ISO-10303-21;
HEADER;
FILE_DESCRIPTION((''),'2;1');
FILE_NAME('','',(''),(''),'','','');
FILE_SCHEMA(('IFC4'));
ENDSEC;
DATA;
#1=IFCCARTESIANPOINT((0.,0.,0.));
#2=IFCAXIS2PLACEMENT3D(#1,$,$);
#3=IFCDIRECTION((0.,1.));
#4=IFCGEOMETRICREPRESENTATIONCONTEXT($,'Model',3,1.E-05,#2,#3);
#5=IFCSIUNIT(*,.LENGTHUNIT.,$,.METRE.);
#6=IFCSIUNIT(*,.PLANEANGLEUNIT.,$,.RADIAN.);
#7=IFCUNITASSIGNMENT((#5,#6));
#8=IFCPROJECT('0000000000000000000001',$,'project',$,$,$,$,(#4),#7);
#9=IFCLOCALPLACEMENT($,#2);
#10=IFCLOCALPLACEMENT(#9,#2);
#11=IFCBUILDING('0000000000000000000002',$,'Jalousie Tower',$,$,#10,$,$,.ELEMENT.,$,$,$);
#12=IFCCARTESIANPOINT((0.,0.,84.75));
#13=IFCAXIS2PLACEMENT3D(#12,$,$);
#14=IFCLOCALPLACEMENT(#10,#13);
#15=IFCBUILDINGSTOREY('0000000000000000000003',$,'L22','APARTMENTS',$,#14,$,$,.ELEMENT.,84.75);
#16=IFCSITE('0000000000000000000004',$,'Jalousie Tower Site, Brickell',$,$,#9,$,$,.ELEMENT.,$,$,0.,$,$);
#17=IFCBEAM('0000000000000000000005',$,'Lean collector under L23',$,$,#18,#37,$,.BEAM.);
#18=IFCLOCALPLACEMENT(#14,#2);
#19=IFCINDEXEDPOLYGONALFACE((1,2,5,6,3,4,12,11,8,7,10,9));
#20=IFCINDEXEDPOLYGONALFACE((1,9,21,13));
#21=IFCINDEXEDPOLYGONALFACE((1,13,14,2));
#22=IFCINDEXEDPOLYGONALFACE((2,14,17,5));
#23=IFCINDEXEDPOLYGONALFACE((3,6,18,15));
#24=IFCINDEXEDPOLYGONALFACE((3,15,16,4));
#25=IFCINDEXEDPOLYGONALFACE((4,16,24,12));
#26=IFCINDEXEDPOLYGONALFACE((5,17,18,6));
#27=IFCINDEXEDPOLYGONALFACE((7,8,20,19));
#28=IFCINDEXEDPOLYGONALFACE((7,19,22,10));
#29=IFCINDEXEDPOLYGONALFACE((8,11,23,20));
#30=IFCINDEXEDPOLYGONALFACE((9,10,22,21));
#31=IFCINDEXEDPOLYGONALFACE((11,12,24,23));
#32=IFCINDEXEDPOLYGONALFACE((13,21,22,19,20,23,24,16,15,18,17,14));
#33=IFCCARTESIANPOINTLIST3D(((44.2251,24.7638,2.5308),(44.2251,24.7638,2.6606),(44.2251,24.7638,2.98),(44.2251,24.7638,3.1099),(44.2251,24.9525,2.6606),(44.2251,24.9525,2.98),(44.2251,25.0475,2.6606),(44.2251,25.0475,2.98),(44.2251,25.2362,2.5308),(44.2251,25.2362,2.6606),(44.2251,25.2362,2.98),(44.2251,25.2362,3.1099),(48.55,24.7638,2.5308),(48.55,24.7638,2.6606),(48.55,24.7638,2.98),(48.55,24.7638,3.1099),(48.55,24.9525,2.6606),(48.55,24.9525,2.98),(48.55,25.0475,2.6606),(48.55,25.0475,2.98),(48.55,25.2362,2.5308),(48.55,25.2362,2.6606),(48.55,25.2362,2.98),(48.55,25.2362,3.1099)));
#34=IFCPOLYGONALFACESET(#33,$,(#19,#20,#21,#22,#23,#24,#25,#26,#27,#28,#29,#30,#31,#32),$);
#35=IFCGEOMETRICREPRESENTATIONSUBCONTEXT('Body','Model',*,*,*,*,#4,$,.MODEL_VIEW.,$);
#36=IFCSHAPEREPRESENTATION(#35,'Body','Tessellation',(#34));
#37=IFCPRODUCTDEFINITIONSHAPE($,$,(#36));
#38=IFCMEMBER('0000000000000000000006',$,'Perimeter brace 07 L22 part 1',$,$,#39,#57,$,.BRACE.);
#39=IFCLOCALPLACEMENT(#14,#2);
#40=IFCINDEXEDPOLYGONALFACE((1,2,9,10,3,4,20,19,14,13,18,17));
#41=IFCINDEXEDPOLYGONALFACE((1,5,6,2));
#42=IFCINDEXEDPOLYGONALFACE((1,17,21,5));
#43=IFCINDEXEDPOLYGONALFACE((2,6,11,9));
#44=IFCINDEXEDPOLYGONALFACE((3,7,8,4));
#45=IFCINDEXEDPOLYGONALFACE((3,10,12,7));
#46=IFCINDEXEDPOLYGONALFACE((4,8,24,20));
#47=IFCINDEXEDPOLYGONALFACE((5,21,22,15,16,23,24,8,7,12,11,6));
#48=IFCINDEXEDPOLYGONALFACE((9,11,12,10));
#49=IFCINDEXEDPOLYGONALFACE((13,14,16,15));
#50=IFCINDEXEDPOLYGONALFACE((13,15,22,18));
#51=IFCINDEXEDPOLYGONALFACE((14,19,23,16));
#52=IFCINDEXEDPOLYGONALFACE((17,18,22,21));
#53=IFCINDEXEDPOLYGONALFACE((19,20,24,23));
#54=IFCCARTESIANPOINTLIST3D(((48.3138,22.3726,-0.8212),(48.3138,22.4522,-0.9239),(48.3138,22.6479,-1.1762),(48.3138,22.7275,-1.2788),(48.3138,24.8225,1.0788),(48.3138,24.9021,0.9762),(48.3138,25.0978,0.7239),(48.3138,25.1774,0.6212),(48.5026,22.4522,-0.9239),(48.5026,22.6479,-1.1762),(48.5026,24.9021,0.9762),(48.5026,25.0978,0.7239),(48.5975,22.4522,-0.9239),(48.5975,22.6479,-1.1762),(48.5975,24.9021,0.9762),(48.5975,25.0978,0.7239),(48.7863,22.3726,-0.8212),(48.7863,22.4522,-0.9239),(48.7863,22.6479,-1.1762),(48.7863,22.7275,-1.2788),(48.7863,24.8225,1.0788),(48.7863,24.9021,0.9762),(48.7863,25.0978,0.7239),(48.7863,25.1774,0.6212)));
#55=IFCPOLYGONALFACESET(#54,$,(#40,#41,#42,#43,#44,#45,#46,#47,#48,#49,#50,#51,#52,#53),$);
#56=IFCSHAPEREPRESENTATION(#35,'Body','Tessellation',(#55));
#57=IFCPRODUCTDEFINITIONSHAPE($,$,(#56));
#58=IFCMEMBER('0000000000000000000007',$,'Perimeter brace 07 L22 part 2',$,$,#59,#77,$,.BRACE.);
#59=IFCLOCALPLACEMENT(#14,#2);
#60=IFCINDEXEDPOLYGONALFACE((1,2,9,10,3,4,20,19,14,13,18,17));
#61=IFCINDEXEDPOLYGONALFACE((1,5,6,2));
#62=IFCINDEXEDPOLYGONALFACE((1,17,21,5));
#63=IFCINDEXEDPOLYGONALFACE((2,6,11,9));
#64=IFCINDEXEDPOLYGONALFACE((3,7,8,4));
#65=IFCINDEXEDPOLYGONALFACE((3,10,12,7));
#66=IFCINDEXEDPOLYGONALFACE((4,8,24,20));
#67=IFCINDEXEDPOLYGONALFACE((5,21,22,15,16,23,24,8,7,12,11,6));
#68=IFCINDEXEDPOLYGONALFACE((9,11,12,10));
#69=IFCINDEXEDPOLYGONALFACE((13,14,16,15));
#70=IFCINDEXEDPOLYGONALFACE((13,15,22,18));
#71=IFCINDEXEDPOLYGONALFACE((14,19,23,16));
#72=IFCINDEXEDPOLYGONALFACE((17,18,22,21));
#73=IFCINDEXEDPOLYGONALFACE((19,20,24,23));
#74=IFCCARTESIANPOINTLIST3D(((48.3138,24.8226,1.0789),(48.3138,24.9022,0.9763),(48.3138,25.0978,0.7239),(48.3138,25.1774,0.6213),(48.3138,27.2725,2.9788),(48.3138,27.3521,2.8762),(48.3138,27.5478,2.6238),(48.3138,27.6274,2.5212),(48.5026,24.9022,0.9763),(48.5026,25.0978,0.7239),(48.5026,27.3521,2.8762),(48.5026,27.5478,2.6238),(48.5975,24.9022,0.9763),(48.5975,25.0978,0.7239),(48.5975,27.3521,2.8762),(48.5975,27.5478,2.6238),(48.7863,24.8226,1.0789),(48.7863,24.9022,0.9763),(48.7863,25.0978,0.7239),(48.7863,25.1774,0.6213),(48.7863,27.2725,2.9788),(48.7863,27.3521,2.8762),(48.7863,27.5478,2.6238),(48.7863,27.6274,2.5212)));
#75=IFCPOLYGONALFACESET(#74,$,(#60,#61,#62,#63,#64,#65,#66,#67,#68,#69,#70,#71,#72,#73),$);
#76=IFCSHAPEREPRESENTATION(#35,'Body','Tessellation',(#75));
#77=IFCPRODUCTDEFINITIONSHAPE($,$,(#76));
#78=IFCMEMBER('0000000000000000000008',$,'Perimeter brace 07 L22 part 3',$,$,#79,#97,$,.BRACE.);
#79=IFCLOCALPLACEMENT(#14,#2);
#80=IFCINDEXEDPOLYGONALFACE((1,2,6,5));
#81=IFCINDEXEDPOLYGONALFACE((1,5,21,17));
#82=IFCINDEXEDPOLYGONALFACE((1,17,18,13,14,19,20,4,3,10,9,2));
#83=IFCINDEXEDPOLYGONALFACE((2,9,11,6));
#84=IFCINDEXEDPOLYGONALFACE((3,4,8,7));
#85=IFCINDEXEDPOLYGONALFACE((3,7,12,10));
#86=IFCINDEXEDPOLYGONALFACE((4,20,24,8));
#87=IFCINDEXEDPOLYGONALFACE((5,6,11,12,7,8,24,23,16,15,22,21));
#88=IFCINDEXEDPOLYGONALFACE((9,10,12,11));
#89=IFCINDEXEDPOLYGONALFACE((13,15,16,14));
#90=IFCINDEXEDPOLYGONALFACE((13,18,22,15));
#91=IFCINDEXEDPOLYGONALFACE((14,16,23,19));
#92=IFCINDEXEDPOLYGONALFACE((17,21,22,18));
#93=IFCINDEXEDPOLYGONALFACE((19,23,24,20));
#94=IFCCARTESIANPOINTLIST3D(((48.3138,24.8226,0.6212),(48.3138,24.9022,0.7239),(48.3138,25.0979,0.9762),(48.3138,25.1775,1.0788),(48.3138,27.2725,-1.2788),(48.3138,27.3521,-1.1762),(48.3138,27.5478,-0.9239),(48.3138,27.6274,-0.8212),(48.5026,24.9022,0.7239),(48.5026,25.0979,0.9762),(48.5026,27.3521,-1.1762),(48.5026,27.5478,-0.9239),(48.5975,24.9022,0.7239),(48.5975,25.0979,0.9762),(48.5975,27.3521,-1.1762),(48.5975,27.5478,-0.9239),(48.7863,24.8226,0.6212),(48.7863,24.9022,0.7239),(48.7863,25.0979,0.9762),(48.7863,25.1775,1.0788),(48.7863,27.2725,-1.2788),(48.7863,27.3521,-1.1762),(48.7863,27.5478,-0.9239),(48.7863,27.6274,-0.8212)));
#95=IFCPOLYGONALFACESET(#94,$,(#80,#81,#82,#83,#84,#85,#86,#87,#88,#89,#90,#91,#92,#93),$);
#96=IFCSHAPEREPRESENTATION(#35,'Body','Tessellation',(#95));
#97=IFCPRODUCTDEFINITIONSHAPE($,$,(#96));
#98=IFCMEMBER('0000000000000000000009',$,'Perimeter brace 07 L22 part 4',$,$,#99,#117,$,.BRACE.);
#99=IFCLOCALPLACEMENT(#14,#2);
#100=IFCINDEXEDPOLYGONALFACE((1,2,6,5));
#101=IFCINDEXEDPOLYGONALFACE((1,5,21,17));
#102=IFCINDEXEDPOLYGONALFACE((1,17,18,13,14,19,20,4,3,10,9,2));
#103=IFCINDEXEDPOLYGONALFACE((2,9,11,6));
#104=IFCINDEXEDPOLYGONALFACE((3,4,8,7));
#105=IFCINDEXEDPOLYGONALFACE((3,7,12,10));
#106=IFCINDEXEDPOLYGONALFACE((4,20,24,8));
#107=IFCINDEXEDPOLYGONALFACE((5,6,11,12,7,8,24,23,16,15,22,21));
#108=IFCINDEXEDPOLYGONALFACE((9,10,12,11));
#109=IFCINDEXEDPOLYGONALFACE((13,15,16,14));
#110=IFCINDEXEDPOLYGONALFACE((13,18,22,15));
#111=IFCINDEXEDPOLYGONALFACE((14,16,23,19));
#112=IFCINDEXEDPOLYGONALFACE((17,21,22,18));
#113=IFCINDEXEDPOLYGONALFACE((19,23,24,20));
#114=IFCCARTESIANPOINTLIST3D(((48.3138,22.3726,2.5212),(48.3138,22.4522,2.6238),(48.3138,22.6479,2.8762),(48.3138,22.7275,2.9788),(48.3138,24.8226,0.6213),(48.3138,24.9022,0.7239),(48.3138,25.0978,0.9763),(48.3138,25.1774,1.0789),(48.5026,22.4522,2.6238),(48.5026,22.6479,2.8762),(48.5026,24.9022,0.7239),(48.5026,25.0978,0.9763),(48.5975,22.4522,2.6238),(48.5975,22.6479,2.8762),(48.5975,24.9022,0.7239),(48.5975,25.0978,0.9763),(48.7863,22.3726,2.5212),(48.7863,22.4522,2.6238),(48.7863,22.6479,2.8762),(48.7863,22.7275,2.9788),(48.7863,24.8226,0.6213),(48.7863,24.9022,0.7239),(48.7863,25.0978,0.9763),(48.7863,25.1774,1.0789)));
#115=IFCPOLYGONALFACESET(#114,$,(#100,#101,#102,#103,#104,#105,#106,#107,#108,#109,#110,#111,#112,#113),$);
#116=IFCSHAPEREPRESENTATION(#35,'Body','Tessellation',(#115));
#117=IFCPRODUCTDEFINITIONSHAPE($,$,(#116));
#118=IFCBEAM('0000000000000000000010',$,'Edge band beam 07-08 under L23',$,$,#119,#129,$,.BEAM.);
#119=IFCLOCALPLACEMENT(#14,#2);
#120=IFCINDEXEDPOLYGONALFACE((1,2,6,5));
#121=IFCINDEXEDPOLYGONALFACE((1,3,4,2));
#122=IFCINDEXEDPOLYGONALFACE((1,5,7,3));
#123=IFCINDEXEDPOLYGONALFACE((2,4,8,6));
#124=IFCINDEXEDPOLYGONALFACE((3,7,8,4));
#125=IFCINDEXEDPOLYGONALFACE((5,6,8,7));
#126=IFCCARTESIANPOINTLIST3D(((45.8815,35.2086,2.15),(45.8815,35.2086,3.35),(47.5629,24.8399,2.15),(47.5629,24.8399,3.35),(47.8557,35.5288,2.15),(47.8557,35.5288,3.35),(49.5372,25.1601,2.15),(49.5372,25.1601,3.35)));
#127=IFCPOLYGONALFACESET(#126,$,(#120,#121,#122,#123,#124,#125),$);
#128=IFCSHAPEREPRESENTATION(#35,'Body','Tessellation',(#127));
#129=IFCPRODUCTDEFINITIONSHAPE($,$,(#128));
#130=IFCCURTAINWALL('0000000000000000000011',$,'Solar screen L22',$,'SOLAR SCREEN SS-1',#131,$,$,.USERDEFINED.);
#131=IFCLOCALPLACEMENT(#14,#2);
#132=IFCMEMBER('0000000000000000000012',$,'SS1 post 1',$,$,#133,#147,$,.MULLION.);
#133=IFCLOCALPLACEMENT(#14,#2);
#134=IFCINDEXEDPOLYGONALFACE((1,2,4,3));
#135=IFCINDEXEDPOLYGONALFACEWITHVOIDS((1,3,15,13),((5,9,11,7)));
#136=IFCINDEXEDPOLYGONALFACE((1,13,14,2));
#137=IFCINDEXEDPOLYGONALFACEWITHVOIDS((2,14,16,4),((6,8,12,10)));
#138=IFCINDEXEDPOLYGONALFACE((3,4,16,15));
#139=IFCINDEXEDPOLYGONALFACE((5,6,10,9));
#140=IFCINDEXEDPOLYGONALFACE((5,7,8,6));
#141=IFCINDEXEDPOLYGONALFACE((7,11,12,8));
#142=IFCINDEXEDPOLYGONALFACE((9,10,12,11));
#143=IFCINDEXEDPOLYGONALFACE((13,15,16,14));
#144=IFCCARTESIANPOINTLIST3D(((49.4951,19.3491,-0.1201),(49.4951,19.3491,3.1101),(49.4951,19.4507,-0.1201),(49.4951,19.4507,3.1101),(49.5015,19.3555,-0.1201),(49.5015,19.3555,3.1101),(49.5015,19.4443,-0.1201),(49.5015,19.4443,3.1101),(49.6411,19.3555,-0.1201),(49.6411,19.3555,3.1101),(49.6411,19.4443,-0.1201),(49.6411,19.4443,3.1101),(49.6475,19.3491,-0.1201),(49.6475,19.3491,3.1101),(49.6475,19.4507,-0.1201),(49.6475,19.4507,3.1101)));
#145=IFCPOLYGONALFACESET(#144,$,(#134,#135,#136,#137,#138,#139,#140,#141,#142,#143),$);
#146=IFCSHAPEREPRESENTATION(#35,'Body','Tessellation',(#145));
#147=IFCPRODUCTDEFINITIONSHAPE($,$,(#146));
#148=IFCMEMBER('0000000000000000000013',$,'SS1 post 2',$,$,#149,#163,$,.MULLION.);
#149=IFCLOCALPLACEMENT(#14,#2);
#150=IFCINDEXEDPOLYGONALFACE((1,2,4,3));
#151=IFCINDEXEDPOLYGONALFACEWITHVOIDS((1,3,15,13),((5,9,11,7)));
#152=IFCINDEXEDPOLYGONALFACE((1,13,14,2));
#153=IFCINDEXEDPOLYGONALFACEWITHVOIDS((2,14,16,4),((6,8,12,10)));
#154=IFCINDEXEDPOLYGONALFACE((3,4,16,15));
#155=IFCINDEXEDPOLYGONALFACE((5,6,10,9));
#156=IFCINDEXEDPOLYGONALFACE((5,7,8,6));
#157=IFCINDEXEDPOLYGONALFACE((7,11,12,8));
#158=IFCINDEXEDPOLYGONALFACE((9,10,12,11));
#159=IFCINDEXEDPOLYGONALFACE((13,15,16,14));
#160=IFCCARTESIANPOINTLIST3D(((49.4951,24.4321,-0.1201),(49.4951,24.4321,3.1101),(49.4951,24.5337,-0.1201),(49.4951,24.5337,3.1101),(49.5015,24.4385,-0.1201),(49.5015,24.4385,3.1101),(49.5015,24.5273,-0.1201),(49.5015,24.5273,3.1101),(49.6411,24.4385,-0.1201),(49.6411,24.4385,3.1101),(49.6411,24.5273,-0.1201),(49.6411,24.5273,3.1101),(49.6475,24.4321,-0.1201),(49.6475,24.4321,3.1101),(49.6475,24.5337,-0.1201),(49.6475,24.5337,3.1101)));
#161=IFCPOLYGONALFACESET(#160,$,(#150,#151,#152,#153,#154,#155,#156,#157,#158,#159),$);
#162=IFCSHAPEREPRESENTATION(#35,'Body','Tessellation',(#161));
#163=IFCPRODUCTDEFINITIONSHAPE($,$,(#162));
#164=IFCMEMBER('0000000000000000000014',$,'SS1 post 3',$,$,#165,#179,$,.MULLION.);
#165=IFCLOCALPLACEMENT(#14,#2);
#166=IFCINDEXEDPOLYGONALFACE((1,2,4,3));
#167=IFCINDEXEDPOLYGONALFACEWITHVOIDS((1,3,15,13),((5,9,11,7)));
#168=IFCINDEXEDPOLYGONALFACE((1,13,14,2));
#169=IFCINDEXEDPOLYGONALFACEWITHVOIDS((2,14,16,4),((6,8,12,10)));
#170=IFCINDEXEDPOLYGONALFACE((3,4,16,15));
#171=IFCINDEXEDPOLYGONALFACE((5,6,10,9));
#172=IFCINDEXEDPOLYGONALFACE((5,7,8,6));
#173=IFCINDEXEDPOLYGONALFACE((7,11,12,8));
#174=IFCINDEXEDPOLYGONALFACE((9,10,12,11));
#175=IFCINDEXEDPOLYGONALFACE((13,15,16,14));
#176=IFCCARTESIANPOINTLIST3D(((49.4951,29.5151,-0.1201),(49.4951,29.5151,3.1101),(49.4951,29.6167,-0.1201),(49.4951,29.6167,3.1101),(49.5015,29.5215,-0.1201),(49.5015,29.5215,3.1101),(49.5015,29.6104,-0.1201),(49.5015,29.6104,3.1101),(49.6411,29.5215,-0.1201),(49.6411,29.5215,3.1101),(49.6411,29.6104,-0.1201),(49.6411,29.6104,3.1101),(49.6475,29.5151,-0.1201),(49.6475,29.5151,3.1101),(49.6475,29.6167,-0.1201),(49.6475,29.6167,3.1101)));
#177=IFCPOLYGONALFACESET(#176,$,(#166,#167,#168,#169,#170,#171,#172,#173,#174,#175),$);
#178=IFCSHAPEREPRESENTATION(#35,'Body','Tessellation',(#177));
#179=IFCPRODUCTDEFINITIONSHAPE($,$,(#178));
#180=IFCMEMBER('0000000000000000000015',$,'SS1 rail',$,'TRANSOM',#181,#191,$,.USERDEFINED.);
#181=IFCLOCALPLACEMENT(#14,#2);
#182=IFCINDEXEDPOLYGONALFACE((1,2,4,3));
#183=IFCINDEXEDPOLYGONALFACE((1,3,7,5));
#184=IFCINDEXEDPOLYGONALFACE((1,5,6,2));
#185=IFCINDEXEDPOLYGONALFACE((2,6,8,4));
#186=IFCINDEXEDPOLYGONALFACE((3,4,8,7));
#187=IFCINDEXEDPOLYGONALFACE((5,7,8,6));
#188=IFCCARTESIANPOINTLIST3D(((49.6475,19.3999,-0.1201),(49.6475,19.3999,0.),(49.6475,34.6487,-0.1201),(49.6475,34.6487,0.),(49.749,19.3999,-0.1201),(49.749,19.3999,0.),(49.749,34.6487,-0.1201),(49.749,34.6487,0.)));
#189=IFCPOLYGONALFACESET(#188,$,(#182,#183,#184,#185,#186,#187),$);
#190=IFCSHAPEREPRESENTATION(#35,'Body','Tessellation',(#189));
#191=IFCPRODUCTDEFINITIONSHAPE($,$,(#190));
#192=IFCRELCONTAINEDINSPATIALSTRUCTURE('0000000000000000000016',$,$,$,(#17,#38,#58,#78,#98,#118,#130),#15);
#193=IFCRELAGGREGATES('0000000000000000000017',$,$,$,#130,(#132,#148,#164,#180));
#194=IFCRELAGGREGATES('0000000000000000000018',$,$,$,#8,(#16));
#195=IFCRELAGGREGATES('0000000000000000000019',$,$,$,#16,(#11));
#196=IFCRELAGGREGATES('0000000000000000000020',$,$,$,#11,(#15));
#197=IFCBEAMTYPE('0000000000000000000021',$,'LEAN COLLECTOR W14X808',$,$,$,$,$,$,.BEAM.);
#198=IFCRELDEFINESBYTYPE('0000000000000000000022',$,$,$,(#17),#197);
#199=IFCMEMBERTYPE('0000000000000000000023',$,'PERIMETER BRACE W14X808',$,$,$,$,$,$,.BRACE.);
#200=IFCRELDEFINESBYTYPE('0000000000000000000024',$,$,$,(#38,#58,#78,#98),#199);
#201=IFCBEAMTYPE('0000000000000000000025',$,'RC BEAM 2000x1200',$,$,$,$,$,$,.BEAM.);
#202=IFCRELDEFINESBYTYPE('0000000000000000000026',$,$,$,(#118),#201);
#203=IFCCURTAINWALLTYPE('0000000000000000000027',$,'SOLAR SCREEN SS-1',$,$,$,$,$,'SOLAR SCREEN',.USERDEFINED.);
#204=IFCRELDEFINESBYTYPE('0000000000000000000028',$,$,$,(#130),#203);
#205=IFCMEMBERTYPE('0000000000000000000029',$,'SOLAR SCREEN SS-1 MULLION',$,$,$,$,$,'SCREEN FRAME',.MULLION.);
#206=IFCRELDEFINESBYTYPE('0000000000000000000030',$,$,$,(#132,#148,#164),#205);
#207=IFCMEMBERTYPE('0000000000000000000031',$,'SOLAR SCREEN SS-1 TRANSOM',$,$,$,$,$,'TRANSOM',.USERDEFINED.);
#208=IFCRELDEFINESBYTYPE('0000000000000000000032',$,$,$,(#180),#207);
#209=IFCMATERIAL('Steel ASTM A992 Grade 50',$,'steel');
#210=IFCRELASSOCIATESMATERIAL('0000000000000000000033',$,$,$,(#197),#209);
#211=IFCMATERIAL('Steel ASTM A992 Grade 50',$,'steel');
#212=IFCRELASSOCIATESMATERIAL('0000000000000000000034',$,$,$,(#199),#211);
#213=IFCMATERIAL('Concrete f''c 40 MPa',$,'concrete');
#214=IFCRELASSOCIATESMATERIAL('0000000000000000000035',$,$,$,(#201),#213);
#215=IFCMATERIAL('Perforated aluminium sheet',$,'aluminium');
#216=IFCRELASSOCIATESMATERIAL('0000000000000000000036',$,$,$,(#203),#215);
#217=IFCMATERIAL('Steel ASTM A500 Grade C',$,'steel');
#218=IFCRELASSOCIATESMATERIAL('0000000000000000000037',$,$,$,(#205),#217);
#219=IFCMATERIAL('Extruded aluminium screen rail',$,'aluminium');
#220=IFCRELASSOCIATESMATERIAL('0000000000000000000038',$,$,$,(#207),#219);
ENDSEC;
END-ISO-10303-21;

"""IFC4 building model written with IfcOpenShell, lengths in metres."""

from ifc_helpers import new_model, si_unit, direction, frame, origin, origin_2d, place, context, subcontext, project, spatial, rectangle, hollow_rectangle, i_section, extrude, material, material_profile, profile_set, type_object, element, aggregate, save


model = new_model("IFC4")

# Units and contexts
model_context = context("Model", 3, precision=1e-05, world=origin(), true_north=direction((0.0, 1.0)))
body_context = subcontext(model_context, "Body", "Model", "MODEL_VIEW")
ifc_project = project(units=[si_unit("LENGTHUNIT", "METRE"), si_unit("PLANEANGLEUNIT", "RADIAN")], contexts=[model_context])

# Site, building, storey
site_placement = place(None, origin())
site = spatial("IfcSite", under=ifc_project, at=site_placement, Name="Jalousie Tower Site, Brickell", CompositionType="ELEMENT", RefElevation=0.0)
building_placement = place(site_placement, origin())
building = spatial("IfcBuilding", under=site, at=building_placement, Name="Jalousie Tower", CompositionType="ELEMENT")
storey_placement = place(building_placement, frame((0.0, 0.0, 84.75)))
storey = spatial("IfcBuildingStorey", under=building, at=storey_placement, Name="L22", Description="APARTMENTS", CompositionType="ELEMENT", Elevation=84.75)

# Beam
ifc_material_1 = material(Name="Steel ASTM A992 Grade 50", Category="steel")
ifc_material_profile_1 = material_profile(ifc_material_1, i_section(OverallWidth=0.4724, OverallDepth=0.5791, WebThickness=0.095, FlangeThickness=0.1299, at=origin_2d()), Name="W14X808")
ifc_profile_set_1 = profile_set([ifc_material_profile_1], Name="Steel ASTM A992 Grade 50")
beam_type_1 = type_object("IfcBeamType", Name="LEAN COLLECTOR W14X808", PredefinedType="BEAM", material=ifc_profile_set_1)
beam_1_placement = place(storey_placement, frame((48.55, 25.0, 2.8203), z_axis=(-1.0, 0.0, 0.0), x_axis=(0.0, -1.0, 0.0)))
element("IfcBeam", 1, at=beam_1_placement, inside=storey, type_object=beam_type_1, Name="Lean collector under L23", PredefinedType="BEAM", context=body_context, shape_type="SweptSolid", body=[
    extrude(i_section(OverallWidth=0.4724, OverallDepth=0.5791, WebThickness=0.095, FlangeThickness=0.1299, at=origin_2d()), origin(), (0.0, 0.0, 1.0), 4.325),
])

# Members
ifc_material_2 = material(Name="Steel ASTM A992 Grade 50", Category="steel")
ifc_material_profile_2 = material_profile(ifc_material_2, i_section(OverallWidth=0.4724, OverallDepth=0.5791, WebThickness=0.095, FlangeThickness=0.1299, at=origin_2d()), Name="W14X808")
ifc_profile_set_2 = profile_set([ifc_material_profile_2], Name="Steel ASTM A992 Grade 50")
member_type_1 = type_object("IfcMemberType", Name="PERIMETER BRACE W14X808", PredefinedType="BRACE", material=ifc_profile_set_2)
for number, where, z_axis, x_axis, name in (
    (2, (48.55, 22.55, -1.05), (0.0, 0.790191, 0.612861), (-1.0, 0.0, 0.0), "Perimeter brace 07 L22 part 1"),
    (3, (48.55, 25.0, 0.8501), (0.0, 0.790229, 0.612811), (-1.0, 0.0, 0.0), "Perimeter brace 07 L22 part 2"),
    (4, (48.55, 27.45, -1.05), (0.0, -0.790191, 0.612861), (1.0, 0.0, 0.0), "Perimeter brace 07 L22 part 3"),
    (5, (48.55, 25.0, 0.8501), (0.0, -0.790229, 0.612811), (1.0, 0.0, 0.0), "Perimeter brace 07 L22 part 4"),
):
    element("IfcMember", number, at=place(storey_placement, frame(where, z_axis=z_axis, x_axis=x_axis)), inside=storey, type_object=member_type_1, Name=name, PredefinedType="BRACE", context=body_context, shape_type="SweptSolid", body=[
        extrude(i_section(OverallWidth=0.4724, OverallDepth=0.5791, WebThickness=0.095, FlangeThickness=0.1299, at=origin_2d()), origin(), (0.0, 0.0, 1.0), 3.1003),
    ])

# Beam
ifc_material_3 = material(Name="Concrete f'c 40 MPa", Category="concrete")
ifc_material_profile_3 = material_profile(ifc_material_3, rectangle(XDim=2.0, YDim=1.2, at=origin_2d()), Name="RC 2000x1200")
ifc_profile_set_3 = profile_set([ifc_material_profile_3], Name="Concrete f'c 40 MPa")
beam_type_2 = type_object("IfcBeamType", Name="RC BEAM 2000x1200", PredefinedType="BEAM", material=ifc_profile_set_3)
beam_2_placement = place(storey_placement, frame((48.55, 25.0, 2.75), z_axis=(-0.160071, 0.987106, 0.0), x_axis=(-0.987106, -0.160071, 0.0)))
element("IfcBeam", 6, at=beam_2_placement, inside=storey, type_object=beam_type_2, Name="Edge band beam 07-08 under L23", PredefinedType="BEAM", context=body_context, shape_type="SweptSolid", body=[
    extrude(rectangle(XDim=2.0, YDim=1.2, at=origin_2d()), origin(), (0.0, 0.0, 1.0), 10.5042),
])

# Curtain wall, members
ifc_material_4 = material(Name="Perforated aluminium sheet", Category="aluminium")
curtain_wall_type = type_object("IfcCurtainWallType", Name="SOLAR SCREEN SS-1", ElementType="SOLAR SCREEN", PredefinedType="USERDEFINED", material=ifc_material_4)
curtain_wall_placement = place(storey_placement, origin())
curtain_wall = element("IfcCurtainWall", 7, at=curtain_wall_placement, inside=storey, type_object=curtain_wall_type, Name="Solar screen L22", ObjectType="SOLAR SCREEN SS-1", PredefinedType="USERDEFINED")
ifc_material_5 = material(Name="Steel ASTM A500 Grade C", Category="steel")
ifc_material_profile_4 = material_profile(ifc_material_5, hollow_rectangle(XDim=0.1016, YDim=0.1523, WallThickness=0.0063, at=origin_2d()), Name="HSS6X4X1/4")
ifc_profile_set_4 = profile_set([ifc_material_profile_4], Name="Steel ASTM A500 Grade C")
member_type_2 = type_object("IfcMemberType", Name="SOLAR SCREEN SS-1 MULLION", ElementType="SCREEN FRAME", PredefinedType="MULLION", material=ifc_profile_set_4)
member_1_placement = place(storey_placement, frame((49.5713, 19.3999, -0.1201), z_axis=(0.0, 0.0, 1.0), x_axis=(0.0, 1.0, 0.0)))
member_1 = element("IfcMember", 8, at=member_1_placement, type_object=member_type_2, Name="SS1 post 1", PredefinedType="MULLION", context=body_context, shape_type="SweptSolid", body=[
    extrude(hollow_rectangle(XDim=0.1016, YDim=0.1523, WallThickness=0.0063, at=origin_2d()), origin(), (0.0, 0.0, 1.0), 3.2302),
])
member_2_placement = place(storey_placement, frame((49.5713, 24.4829, -0.1201), z_axis=(0.0, 0.0, 1.0), x_axis=(0.0, 1.0, 0.0)))
member_2 = element("IfcMember", 9, at=member_2_placement, type_object=member_type_2, Name="SS1 post 2", PredefinedType="MULLION", context=body_context, shape_type="SweptSolid", body=[
    extrude(hollow_rectangle(XDim=0.1016, YDim=0.1523, WallThickness=0.0063, at=origin_2d()), origin(), (0.0, 0.0, 1.0), 3.2302),
])
member_3_placement = place(storey_placement, frame((49.5713, 29.5659, -0.1201), z_axis=(0.0, 0.0, 1.0), x_axis=(0.0, 1.0, 0.0)))
member_3 = element("IfcMember", 10, at=member_3_placement, type_object=member_type_2, Name="SS1 post 3", PredefinedType="MULLION", context=body_context, shape_type="SweptSolid", body=[
    extrude(hollow_rectangle(XDim=0.1016, YDim=0.1523, WallThickness=0.0063, at=origin_2d()), origin(), (0.0, 0.0, 1.0), 3.2302),
])
ifc_material_6 = material(Name="Extruded aluminium screen rail", Category="aluminium")
ifc_material_profile_5 = material_profile(ifc_material_6, rectangle(XDim=0.1016, YDim=0.1201, at=origin_2d()), Name="RAIL 102x120")
ifc_profile_set_5 = profile_set([ifc_material_profile_5], Name="Extruded aluminium screen rail")
member_type_3 = type_object("IfcMemberType", Name="SOLAR SCREEN SS-1 TRANSOM", ElementType="TRANSOM", PredefinedType="USERDEFINED", material=ifc_profile_set_5)
member_4_placement = place(storey_placement, frame((49.6982, 19.3999, -0.0601), z_axis=(0.0, 1.0, 0.0), x_axis=(-1.0, 0.0, 0.0)))
member_4 = element("IfcMember", 11, at=member_4_placement, type_object=member_type_3, Name="SS1 rail", ObjectType="TRANSOM", PredefinedType="USERDEFINED", context=body_context, shape_type="SweptSolid", body=[
    extrude(rectangle(XDim=0.1016, YDim=0.1201, at=origin_2d()), origin(), (0.0, 0.0, 1.0), 15.2488),
])
aggregate(curtain_wall, [member_1, member_2, member_3, member_4])

save(model, "model.ifc")
